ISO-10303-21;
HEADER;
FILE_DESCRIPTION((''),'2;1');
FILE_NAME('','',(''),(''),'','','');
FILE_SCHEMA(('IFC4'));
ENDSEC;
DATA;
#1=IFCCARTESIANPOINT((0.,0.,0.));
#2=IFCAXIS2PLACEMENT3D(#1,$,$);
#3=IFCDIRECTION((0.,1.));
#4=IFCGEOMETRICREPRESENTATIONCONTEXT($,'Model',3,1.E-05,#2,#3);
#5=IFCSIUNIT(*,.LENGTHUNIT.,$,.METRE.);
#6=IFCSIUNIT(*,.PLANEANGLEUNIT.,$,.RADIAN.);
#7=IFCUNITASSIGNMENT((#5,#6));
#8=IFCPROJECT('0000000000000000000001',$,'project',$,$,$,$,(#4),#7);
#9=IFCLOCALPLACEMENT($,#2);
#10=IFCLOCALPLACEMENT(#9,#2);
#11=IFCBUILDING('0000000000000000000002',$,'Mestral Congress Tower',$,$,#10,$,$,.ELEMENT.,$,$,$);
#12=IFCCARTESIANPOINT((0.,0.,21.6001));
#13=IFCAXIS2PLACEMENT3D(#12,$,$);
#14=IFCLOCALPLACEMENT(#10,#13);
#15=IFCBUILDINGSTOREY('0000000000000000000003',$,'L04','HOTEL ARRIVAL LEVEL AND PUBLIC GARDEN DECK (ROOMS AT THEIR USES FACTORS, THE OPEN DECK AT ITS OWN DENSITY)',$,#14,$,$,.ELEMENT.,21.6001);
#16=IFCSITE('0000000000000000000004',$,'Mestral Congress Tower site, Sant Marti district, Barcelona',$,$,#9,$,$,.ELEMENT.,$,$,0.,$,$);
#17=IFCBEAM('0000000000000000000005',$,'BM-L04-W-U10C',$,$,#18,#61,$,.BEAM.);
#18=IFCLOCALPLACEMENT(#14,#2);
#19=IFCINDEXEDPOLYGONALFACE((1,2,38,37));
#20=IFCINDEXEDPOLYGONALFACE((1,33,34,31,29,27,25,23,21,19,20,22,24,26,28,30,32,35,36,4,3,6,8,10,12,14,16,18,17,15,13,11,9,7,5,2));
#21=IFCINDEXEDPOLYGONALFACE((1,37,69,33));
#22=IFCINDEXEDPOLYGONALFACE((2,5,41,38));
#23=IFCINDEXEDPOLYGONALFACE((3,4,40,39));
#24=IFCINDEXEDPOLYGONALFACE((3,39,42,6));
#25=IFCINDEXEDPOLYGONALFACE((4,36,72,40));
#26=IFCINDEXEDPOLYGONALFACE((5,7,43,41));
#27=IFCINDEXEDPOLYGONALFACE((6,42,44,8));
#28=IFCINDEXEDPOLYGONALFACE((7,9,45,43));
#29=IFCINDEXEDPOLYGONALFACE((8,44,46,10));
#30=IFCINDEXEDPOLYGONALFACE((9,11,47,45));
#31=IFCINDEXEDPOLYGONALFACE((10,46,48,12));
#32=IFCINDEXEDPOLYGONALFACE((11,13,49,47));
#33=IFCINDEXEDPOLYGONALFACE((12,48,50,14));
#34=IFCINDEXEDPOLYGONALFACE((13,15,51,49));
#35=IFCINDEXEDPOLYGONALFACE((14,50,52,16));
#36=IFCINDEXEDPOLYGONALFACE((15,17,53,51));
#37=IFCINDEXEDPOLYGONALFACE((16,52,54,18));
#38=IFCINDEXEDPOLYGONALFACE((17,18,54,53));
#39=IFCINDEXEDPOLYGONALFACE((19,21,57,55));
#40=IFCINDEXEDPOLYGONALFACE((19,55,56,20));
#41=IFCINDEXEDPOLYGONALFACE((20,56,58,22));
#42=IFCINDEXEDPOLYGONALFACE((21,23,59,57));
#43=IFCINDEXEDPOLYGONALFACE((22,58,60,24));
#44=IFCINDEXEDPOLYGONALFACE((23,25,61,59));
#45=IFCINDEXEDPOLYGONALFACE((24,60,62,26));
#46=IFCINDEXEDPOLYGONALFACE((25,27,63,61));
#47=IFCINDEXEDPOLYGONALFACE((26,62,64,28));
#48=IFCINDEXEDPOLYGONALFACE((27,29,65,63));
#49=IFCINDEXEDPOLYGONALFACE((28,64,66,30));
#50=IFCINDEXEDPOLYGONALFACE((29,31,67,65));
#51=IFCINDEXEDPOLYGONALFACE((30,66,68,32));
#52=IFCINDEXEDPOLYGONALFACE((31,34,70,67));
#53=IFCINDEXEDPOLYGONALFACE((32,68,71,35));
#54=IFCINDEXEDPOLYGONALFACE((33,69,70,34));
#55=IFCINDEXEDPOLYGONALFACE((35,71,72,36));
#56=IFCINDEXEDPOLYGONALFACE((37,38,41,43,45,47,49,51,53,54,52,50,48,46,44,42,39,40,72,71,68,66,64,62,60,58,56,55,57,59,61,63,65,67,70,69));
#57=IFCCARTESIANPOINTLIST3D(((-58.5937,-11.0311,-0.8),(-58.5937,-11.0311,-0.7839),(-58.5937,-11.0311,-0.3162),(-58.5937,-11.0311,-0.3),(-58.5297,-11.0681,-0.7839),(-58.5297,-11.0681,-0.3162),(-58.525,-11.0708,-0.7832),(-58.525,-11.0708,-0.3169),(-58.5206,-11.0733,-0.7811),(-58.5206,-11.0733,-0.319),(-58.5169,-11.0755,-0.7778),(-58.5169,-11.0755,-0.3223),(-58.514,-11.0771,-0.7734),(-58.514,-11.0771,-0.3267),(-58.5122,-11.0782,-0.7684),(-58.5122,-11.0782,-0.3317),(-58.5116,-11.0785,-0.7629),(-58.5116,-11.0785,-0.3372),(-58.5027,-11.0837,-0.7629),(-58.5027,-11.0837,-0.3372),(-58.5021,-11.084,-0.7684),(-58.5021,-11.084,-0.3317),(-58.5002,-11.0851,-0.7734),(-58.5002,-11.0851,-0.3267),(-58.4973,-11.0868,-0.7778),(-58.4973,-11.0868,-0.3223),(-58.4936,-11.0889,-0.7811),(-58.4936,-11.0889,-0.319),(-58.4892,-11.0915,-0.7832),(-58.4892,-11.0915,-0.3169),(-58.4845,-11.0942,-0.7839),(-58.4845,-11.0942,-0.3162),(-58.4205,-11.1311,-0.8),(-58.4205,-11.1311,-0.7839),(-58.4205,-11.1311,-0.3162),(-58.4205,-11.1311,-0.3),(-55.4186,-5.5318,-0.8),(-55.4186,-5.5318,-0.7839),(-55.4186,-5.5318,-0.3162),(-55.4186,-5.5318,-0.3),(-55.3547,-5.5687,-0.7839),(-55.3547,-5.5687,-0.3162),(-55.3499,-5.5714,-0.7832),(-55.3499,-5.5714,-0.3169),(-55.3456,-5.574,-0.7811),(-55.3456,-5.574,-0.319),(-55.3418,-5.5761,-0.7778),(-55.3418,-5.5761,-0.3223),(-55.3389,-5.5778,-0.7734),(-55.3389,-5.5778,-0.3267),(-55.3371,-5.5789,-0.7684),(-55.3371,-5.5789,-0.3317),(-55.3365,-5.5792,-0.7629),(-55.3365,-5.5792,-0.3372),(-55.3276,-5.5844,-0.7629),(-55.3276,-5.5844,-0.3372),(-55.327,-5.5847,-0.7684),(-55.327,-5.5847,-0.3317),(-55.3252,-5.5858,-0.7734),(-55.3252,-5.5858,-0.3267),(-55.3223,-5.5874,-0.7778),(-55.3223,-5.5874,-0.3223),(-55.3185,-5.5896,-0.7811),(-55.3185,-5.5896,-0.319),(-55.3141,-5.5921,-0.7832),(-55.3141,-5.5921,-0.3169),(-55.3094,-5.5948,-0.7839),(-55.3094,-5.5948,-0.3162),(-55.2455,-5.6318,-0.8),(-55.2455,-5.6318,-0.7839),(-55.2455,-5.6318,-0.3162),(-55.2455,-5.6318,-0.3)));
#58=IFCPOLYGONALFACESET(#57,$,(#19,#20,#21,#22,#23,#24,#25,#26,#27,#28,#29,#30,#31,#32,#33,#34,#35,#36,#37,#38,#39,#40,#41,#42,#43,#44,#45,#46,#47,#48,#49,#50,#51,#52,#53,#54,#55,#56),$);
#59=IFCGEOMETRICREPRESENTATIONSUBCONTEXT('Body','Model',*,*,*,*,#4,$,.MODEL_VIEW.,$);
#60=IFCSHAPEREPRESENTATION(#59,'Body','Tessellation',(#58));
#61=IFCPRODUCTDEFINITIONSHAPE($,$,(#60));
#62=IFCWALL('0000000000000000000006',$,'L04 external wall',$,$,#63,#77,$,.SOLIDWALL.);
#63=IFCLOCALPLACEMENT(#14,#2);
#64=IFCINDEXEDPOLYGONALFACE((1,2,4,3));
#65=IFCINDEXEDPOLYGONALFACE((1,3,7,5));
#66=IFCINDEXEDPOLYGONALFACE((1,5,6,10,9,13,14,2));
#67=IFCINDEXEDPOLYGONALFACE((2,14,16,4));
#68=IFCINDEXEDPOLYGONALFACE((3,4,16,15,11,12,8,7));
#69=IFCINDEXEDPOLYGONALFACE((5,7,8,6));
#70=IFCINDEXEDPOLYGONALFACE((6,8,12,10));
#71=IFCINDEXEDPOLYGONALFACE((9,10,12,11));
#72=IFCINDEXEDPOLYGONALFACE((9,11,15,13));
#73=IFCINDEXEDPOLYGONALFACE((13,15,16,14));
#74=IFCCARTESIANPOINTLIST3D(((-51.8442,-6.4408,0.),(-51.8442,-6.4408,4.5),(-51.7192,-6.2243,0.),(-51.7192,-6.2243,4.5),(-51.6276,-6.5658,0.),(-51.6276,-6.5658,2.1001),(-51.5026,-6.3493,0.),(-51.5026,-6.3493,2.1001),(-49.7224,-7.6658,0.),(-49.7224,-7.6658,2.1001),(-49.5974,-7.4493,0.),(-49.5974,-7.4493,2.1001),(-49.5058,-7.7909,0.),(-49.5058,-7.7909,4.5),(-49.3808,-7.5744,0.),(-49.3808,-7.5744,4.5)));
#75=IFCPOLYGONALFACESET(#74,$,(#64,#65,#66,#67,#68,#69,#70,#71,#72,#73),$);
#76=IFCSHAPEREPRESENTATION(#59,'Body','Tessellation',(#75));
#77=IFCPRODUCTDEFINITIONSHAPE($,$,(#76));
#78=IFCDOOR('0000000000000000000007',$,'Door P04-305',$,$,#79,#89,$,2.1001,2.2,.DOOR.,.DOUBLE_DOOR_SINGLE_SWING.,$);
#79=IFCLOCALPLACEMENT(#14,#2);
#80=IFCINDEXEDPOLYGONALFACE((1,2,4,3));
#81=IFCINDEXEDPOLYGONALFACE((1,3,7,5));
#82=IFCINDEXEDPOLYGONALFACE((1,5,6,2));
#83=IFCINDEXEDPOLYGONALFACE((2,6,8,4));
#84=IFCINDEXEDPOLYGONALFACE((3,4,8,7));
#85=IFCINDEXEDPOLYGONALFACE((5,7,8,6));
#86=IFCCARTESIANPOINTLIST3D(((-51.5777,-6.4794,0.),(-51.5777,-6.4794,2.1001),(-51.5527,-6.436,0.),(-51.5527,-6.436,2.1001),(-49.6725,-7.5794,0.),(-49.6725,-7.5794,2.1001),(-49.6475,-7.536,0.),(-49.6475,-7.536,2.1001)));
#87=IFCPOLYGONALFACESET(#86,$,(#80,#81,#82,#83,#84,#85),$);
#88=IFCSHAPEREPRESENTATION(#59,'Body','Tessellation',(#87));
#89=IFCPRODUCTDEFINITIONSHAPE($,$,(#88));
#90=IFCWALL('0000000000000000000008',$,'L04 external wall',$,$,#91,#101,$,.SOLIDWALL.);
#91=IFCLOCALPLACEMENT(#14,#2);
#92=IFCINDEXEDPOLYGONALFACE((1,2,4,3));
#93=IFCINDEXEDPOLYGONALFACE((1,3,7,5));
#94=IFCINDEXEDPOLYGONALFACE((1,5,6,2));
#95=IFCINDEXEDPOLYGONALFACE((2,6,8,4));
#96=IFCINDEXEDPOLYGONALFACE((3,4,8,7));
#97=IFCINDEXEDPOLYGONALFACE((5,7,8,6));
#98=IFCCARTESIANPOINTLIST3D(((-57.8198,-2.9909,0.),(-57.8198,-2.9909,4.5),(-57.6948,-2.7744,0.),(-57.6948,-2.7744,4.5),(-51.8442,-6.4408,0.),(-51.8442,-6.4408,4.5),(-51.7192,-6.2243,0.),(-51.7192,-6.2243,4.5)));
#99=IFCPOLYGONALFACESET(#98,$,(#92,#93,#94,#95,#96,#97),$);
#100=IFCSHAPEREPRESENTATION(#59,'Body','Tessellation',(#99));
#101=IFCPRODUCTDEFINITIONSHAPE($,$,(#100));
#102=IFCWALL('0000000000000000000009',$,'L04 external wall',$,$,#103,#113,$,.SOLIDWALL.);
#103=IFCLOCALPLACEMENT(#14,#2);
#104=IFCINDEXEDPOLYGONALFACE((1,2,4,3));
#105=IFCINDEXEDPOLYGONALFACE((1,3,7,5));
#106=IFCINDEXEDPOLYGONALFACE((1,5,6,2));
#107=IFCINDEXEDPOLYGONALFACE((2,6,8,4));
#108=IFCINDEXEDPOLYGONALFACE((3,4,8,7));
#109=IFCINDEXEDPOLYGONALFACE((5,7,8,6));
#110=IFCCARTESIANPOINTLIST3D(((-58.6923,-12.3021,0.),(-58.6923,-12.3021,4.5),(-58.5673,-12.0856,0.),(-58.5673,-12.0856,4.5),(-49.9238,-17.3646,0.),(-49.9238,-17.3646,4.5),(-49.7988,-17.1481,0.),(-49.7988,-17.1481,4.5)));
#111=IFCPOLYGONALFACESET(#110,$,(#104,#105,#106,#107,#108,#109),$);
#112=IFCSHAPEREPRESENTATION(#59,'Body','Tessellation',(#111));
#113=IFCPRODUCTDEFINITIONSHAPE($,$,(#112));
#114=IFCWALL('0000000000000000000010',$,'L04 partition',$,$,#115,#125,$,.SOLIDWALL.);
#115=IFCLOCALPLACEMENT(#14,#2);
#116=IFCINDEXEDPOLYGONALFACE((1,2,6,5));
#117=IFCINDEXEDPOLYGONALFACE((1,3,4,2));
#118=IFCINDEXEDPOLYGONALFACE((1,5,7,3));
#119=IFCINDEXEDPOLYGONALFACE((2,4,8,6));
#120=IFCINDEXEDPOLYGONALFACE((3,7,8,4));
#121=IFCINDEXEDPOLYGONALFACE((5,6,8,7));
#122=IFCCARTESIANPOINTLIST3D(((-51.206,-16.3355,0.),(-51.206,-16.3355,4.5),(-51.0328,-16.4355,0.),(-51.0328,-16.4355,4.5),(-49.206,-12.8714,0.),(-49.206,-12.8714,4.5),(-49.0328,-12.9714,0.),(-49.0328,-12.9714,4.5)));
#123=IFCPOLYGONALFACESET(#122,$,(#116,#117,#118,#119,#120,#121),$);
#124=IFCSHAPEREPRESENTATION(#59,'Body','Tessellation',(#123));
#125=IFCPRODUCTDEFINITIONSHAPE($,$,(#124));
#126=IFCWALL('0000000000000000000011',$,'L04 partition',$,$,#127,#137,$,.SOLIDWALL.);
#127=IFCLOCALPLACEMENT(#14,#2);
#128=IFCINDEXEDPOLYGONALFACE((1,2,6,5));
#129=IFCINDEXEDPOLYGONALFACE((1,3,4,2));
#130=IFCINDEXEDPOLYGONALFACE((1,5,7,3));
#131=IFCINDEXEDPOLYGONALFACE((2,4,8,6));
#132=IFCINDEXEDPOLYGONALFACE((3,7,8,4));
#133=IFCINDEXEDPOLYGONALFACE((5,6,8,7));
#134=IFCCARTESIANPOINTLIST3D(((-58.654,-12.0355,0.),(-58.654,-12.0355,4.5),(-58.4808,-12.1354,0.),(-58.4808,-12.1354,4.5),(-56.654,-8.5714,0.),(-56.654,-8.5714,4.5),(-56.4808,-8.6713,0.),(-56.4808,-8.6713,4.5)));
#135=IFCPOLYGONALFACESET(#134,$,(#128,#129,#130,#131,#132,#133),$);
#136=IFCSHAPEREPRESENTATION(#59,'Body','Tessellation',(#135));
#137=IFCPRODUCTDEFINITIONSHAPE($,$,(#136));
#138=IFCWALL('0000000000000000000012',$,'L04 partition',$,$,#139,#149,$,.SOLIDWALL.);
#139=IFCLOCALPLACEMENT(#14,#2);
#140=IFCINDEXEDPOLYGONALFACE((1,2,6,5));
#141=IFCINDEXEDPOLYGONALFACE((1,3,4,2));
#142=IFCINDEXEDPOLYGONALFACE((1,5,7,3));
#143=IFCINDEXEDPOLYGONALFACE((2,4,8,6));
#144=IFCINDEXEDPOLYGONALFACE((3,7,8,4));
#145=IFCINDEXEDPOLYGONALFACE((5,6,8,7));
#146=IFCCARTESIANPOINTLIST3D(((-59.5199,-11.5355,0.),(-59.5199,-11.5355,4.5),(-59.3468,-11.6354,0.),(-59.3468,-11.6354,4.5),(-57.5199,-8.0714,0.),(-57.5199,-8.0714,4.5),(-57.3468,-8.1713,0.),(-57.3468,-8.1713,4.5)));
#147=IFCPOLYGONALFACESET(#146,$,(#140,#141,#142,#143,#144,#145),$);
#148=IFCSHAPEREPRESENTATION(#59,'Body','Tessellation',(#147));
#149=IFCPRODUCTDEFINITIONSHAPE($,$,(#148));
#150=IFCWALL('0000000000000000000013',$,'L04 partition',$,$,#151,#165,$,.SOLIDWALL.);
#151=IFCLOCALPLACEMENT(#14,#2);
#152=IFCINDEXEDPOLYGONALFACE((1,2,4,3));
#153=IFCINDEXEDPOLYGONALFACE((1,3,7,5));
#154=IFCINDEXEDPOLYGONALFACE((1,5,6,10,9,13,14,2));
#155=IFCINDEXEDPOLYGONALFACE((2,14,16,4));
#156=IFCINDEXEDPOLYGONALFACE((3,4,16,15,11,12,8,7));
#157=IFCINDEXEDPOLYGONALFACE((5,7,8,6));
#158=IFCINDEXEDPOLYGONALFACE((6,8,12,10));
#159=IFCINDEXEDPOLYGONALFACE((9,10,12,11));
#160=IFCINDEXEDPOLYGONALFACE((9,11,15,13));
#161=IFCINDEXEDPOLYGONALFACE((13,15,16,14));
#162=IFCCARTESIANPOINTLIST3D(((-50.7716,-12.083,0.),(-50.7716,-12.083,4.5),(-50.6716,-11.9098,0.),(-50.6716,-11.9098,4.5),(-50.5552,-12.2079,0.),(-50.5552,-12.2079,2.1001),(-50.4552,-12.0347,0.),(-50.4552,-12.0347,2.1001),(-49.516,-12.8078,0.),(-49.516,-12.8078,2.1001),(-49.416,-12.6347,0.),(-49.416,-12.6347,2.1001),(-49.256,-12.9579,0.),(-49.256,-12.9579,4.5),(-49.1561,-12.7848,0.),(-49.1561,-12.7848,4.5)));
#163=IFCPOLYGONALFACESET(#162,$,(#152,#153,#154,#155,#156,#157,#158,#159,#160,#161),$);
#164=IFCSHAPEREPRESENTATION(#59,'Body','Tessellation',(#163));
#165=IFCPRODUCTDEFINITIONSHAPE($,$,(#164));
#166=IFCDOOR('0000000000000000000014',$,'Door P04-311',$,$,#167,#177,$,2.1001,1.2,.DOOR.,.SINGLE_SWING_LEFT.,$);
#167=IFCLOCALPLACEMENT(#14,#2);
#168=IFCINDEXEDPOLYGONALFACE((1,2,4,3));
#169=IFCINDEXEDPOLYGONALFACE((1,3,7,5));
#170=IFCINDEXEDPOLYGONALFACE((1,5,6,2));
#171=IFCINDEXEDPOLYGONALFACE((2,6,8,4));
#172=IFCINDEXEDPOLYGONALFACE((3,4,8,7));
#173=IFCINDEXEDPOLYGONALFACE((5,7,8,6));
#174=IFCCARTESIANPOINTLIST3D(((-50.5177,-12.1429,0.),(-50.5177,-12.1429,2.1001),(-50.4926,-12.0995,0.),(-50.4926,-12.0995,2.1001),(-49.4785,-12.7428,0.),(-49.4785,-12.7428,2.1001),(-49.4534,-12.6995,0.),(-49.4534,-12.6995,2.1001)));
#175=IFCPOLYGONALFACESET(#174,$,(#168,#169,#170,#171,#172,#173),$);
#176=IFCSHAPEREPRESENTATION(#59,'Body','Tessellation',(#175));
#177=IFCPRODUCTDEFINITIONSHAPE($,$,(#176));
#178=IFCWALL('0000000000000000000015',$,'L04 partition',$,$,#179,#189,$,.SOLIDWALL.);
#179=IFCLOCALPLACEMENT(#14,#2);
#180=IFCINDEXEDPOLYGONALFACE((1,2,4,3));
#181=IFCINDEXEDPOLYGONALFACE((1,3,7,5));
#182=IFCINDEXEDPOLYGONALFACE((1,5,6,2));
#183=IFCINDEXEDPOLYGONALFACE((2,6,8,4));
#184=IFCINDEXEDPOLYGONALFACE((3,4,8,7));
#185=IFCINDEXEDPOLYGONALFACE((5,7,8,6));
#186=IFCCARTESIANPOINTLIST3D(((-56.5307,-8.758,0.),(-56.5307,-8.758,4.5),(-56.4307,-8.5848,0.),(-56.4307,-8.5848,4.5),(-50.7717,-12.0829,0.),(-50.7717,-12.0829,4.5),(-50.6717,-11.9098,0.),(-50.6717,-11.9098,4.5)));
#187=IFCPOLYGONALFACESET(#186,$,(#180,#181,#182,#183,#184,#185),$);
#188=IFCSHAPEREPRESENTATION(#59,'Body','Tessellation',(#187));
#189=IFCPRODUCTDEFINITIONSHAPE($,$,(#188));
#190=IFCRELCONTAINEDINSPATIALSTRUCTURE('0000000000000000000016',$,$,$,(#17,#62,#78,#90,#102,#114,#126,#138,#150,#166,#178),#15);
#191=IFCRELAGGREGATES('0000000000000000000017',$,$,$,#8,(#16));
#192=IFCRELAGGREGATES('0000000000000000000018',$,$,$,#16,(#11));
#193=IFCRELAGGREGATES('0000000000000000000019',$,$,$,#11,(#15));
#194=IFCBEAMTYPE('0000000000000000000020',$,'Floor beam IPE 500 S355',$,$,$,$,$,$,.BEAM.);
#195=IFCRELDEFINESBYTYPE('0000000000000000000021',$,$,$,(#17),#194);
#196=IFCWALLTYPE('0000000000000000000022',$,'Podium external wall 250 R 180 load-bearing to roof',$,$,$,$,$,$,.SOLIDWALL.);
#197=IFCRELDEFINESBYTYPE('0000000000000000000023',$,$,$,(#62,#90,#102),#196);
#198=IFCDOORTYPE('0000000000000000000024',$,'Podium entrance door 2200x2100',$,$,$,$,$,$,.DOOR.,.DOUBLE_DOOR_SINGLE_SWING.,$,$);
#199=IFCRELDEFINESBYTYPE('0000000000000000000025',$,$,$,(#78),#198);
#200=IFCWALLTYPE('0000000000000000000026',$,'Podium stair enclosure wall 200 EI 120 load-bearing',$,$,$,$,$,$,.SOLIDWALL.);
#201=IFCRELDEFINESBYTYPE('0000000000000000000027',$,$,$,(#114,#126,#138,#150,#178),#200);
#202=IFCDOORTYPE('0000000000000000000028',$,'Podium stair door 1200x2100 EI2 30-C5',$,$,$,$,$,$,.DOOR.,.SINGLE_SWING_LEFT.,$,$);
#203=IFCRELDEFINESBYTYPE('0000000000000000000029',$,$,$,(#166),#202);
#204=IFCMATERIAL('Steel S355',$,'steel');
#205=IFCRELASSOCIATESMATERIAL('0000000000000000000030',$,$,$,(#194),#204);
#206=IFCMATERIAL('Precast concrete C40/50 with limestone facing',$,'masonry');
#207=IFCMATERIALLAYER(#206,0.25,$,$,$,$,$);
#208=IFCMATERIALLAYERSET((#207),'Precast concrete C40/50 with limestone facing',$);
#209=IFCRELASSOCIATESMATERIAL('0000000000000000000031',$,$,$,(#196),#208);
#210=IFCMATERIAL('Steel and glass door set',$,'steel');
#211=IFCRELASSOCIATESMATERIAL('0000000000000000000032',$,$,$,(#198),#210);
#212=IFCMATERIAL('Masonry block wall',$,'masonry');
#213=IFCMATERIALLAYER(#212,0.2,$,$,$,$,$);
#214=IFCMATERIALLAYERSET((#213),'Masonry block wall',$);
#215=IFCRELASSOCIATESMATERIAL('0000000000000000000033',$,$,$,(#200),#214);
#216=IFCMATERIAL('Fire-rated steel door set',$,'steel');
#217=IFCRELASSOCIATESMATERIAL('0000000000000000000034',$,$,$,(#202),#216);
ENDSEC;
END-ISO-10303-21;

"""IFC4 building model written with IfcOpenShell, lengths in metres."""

from ifc_helpers import new_model, si_unit, direction, frame, frame_2d, origin, origin_2d, place, context, subcontext, project, spatial, rectangle, i_section, extrude, material, layer, layer_set, material_profile, profile_set, type_object, element, fill, save


model = new_model("IFC4")

# Units and contexts
model_context = context("Model", 3, precision=1e-05, world=origin(), true_north=direction((0.0, 1.0)))
body_context = subcontext(model_context, "Body", "Model", "MODEL_VIEW")
ifc_project = project(units=[si_unit("LENGTHUNIT", "METRE"), si_unit("PLANEANGLEUNIT", "RADIAN")], contexts=[model_context])

# Site, building, storey
site_placement = place(None, origin())
site = spatial("IfcSite", under=ifc_project, at=site_placement, Name="Mestral Congress Tower site, Sant Marti district, Barcelona", CompositionType="ELEMENT", RefElevation=0.0)
building_placement = place(site_placement, origin())
building = spatial("IfcBuilding", under=site, at=building_placement, Name="Mestral Congress Tower", CompositionType="ELEMENT")
storey_placement = place(building_placement, frame((0.0, 0.0, 21.6001)))
storey = spatial("IfcBuildingStorey", under=building, at=storey_placement, Name="L04", Description="HOTEL ARRIVAL LEVEL AND PUBLIC GARDEN DECK (ROOMS AT THEIR USES FACTORS, THE OPEN DECK AT ITS OWN DENSITY)", CompositionType="ELEMENT", Elevation=21.6001)

# Beam
ifc_material_1 = material(Name="Steel S355", Category="steel")
ifc_material_profile = material_profile(ifc_material_1, i_section(OverallWidth=0.2, OverallDepth=0.5, WebThickness=0.0103, FlangeThickness=0.0161, FilletRadius=0.021, at=origin_2d()), Name="IPE 500")
ifc_profile_set = profile_set([ifc_material_profile], Name="Steel S355")
beam_type = type_object("IfcBeamType", Name="Floor beam IPE 500 S355", PredefinedType="BEAM", material=ifc_profile_set)
beam_placement = place(storey_placement, frame((-55.332, -5.5818, -0.55), z_axis=(-0.500005, -0.866022, 0.0), x_axis=(0.866022, -0.500005, 0.0)))
element("IfcBeam", 1, at=beam_placement, inside=storey, type_object=beam_type, Name="BM-L04-W-U10C", PredefinedType="BEAM", context=body_context, shape_type="SweptSolid", body=[
    extrude(i_section(OverallWidth=0.2, OverallDepth=0.5, WebThickness=0.0103, FlangeThickness=0.0161, FilletRadius=0.021, at=origin_2d()), origin(), (0.0, 0.0, 1.0), 6.3501),
])

# Wall, opening, door
ifc_material_2 = material(Name="Precast concrete C40/50 with limestone facing", Category="masonry")
ifc_layer_1 = layer(ifc_material_2, 0.25)
ifc_layer_set_1 = layer_set([ifc_layer_1], Name="Precast concrete C40/50 with limestone facing")
wall_type_1 = type_object("IfcWallType", Name="Podium external wall 250 R 180 load-bearing to roof", PredefinedType="SOLIDWALL", material=ifc_layer_set_1)
wall_1_placement = place(storey_placement, frame((-51.7817, -6.3325, 0.0), z_axis=(0.0, 0.0, 1.0), x_axis=(0.86602, -0.500009, 0.0)))
wall_1 = element("IfcWall", 2, at=wall_1_placement, inside=storey, type_object=wall_type_1, Name="L04 external wall", PredefinedType="SOLIDWALL", context=body_context, shape_type="SweptSolid", body=[
    extrude(rectangle(XDim=2.7002, YDim=0.25, at=frame_2d((1.3501, 0.0))), origin(), (0.0, 0.0, 1.0), 4.5),
])
opening_1_placement = place(wall_1_placement, frame((0.25, 0.0, 0.0)))
opening_1 = element("IfcOpeningElement", 3, at=opening_1_placement, cuts=wall_1, PredefinedType="OPENING", context=body_context, shape_type="SweptSolid", body=[
    extrude(rectangle(XDim=2.2, YDim=2.1001, at=frame_2d((1.1001, 1.05))), frame((0.0, 0.135, 0.0), z_axis=(0.0, -1.0, 0.0), x_axis=(1.0, 0.0, 0.0)), (0.0, 0.0, 1.0), 0.27),
])
ifc_material_3 = material(Name="Steel and glass door set", Category="steel")
door_type_1 = type_object("IfcDoorType", Name="Podium entrance door 2200x2100", OperationType="DOUBLE_DOOR_SINGLE_SWING", PredefinedType="DOOR", material=ifc_material_3)
door_1_placement = place(opening_1_placement, origin())
door_1 = element("IfcDoor", 4, at=door_1_placement, inside=storey, type_object=door_type_1, Name="Door P04-305", OperationType="DOUBLE_DOOR_SINGLE_SWING", OverallHeight=2.1001, OverallWidth=2.2, PredefinedType="DOOR", context=body_context, shape_type="SweptSolid", body=[
    extrude(rectangle(XDim=2.2, YDim=2.1001, at=frame_2d((1.1001, 1.05))), frame((0.0, 0.0249, 0.0), z_axis=(0.0, -1.0, 0.0), x_axis=(1.0, 0.0, 0.0)), (0.0, 0.0, 1.0), 0.05),
])
fill(opening_1, door_1)

# Walls
wall_2_placement = place(storey_placement, frame((-51.7817, -6.3325, 0.0), z_axis=(0.0, 0.0, 1.0), x_axis=(-0.866029, 0.499994, 0.0)))
element("IfcWall", 5, at=wall_2_placement, inside=storey, type_object=wall_type_1, Name="L04 external wall", PredefinedType="SOLIDWALL", context=body_context, shape_type="SweptSolid", body=[
    extrude(rectangle(XDim=6.8999, YDim=0.25, at=frame_2d((3.45, 0.0))), origin(), (0.0, 0.0, 1.0), 4.5),
])
wall_3_placement = place(storey_placement, frame((-49.8613, -17.2563, 0.0), z_axis=(0.0, 0.0, 1.0), x_axis=(-0.866027, 0.499998, 0.0)))
element("IfcWall", 6, at=wall_3_placement, inside=storey, type_object=wall_type_1, Name="L04 external wall", PredefinedType="SOLIDWALL", context=body_context, shape_type="SweptSolid", body=[
    extrude(rectangle(XDim=10.125, YDim=0.25, at=frame_2d((5.0625, 0.0))), origin(), (0.0, 0.0, 1.0), 4.5),
])
ifc_material_4 = material(Name="Masonry block wall", Category="masonry")
ifc_layer_2 = layer(ifc_material_4, 0.2)
ifc_layer_set_2 = layer_set([ifc_layer_2], Name="Masonry block wall")
wall_type_2 = type_object("IfcWallType", Name="Podium stair enclosure wall 200 EI 120 load-bearing", PredefinedType="SOLIDWALL", material=ifc_layer_set_2)
for number, where, z_axis, x_axis, name in (
    (7, (-49.1194, -12.9214, 0.0), (0.0, 0.0, 1.0), (-0.499999, -0.866026, 0.0), "L04 partition"),
    (8, (-56.5674, -8.6213, 0.0), (0.0, 0.0, 1.0), (-0.499999, -0.866026, 0.0), "L04 partition"),
    (9, (-57.4333, -8.1213, 0.0), (0.0, 0.0, 1.0), (-0.499999, -0.866026, 0.0), "L04 partition"),
):
    element("IfcWall", number, at=place(storey_placement, frame(where, z_axis=z_axis, x_axis=x_axis)), inside=storey, type_object=wall_type_2, Name=name, PredefinedType="SOLIDWALL", context=body_context, shape_type="SweptSolid", body=[
        extrude(rectangle(XDim=4.0, YDim=0.2, at=frame_2d((2.0, 0.0))), origin(), (0.0, 0.0, 1.0), 4.5),
    ])

# Wall, opening, door
wall_4_placement = place(storey_placement, frame((-49.2061, -12.8713, 0.0), z_axis=(0.0, 0.0, 1.0), x_axis=(-0.866037, 0.49998, 0.0)))
wall_4 = element("IfcWall", 10, at=wall_4_placement, inside=storey, type_object=wall_type_2, Name="L04 partition", PredefinedType="SOLIDWALL", context=body_context, shape_type="SweptSolid", body=[
    extrude(rectangle(XDim=1.75, YDim=0.2, at=frame_2d((0.875, 0.0))), origin(), (0.0, 0.0, 1.0), 4.5),
])
opening_2_placement = place(wall_4_placement, frame((0.3, 0.0, 0.0)))
opening_2 = element("IfcOpeningElement", 11, at=opening_2_placement, cuts=wall_4, PredefinedType="OPENING", context=body_context, shape_type="SweptSolid", body=[
    extrude(rectangle(XDim=1.2, YDim=2.1001, at=frame_2d((0.6001, 1.05))), frame((0.0, 0.1099, 0.0), z_axis=(0.0, -1.0, 0.0), x_axis=(1.0, 0.0, 0.0)), (0.0, 0.0, 1.0), 0.22),
])
ifc_material_5 = material(Name="Fire-rated steel door set", Category="steel")
door_type_2 = type_object("IfcDoorType", Name="Podium stair door 1200x2100 EI2 30-C5", OperationType="SINGLE_SWING_LEFT", PredefinedType="DOOR", material=ifc_material_5)
door_2_placement = place(opening_2_placement, origin())
door_2 = element("IfcDoor", 12, at=door_2_placement, inside=storey, type_object=door_type_2, Name="Door P04-311", OperationType="SINGLE_SWING_LEFT", OverallHeight=2.1001, OverallWidth=1.2, PredefinedType="DOOR", context=body_context, shape_type="SweptSolid", body=[
    extrude(rectangle(XDim=1.2, YDim=2.1001, at=frame_2d((0.6001, 1.05))), frame((0.0, 0.0249, 0.0), z_axis=(0.0, -1.0, 0.0), x_axis=(1.0, 0.0, 0.0)), (0.0, 0.0, 1.0), 0.05),
])
fill(opening_2, door_2)

# Wall
wall_5_placement = place(storey_placement, frame((-50.7217, -11.9963, 0.0), z_axis=(0.0, 0.0, 1.0), x_axis=(-0.866027, 0.499997, 0.0)))
element("IfcWall", 13, at=wall_5_placement, inside=storey, type_object=wall_type_2, Name="L04 partition", PredefinedType="SOLIDWALL", context=body_context, shape_type="SweptSolid", body=[
    extrude(rectangle(XDim=6.6499, YDim=0.2, at=frame_2d((3.325, 0.0))), origin(), (0.0, 0.0, 1.0), 4.5),
])

save(model, "model.ifc")
